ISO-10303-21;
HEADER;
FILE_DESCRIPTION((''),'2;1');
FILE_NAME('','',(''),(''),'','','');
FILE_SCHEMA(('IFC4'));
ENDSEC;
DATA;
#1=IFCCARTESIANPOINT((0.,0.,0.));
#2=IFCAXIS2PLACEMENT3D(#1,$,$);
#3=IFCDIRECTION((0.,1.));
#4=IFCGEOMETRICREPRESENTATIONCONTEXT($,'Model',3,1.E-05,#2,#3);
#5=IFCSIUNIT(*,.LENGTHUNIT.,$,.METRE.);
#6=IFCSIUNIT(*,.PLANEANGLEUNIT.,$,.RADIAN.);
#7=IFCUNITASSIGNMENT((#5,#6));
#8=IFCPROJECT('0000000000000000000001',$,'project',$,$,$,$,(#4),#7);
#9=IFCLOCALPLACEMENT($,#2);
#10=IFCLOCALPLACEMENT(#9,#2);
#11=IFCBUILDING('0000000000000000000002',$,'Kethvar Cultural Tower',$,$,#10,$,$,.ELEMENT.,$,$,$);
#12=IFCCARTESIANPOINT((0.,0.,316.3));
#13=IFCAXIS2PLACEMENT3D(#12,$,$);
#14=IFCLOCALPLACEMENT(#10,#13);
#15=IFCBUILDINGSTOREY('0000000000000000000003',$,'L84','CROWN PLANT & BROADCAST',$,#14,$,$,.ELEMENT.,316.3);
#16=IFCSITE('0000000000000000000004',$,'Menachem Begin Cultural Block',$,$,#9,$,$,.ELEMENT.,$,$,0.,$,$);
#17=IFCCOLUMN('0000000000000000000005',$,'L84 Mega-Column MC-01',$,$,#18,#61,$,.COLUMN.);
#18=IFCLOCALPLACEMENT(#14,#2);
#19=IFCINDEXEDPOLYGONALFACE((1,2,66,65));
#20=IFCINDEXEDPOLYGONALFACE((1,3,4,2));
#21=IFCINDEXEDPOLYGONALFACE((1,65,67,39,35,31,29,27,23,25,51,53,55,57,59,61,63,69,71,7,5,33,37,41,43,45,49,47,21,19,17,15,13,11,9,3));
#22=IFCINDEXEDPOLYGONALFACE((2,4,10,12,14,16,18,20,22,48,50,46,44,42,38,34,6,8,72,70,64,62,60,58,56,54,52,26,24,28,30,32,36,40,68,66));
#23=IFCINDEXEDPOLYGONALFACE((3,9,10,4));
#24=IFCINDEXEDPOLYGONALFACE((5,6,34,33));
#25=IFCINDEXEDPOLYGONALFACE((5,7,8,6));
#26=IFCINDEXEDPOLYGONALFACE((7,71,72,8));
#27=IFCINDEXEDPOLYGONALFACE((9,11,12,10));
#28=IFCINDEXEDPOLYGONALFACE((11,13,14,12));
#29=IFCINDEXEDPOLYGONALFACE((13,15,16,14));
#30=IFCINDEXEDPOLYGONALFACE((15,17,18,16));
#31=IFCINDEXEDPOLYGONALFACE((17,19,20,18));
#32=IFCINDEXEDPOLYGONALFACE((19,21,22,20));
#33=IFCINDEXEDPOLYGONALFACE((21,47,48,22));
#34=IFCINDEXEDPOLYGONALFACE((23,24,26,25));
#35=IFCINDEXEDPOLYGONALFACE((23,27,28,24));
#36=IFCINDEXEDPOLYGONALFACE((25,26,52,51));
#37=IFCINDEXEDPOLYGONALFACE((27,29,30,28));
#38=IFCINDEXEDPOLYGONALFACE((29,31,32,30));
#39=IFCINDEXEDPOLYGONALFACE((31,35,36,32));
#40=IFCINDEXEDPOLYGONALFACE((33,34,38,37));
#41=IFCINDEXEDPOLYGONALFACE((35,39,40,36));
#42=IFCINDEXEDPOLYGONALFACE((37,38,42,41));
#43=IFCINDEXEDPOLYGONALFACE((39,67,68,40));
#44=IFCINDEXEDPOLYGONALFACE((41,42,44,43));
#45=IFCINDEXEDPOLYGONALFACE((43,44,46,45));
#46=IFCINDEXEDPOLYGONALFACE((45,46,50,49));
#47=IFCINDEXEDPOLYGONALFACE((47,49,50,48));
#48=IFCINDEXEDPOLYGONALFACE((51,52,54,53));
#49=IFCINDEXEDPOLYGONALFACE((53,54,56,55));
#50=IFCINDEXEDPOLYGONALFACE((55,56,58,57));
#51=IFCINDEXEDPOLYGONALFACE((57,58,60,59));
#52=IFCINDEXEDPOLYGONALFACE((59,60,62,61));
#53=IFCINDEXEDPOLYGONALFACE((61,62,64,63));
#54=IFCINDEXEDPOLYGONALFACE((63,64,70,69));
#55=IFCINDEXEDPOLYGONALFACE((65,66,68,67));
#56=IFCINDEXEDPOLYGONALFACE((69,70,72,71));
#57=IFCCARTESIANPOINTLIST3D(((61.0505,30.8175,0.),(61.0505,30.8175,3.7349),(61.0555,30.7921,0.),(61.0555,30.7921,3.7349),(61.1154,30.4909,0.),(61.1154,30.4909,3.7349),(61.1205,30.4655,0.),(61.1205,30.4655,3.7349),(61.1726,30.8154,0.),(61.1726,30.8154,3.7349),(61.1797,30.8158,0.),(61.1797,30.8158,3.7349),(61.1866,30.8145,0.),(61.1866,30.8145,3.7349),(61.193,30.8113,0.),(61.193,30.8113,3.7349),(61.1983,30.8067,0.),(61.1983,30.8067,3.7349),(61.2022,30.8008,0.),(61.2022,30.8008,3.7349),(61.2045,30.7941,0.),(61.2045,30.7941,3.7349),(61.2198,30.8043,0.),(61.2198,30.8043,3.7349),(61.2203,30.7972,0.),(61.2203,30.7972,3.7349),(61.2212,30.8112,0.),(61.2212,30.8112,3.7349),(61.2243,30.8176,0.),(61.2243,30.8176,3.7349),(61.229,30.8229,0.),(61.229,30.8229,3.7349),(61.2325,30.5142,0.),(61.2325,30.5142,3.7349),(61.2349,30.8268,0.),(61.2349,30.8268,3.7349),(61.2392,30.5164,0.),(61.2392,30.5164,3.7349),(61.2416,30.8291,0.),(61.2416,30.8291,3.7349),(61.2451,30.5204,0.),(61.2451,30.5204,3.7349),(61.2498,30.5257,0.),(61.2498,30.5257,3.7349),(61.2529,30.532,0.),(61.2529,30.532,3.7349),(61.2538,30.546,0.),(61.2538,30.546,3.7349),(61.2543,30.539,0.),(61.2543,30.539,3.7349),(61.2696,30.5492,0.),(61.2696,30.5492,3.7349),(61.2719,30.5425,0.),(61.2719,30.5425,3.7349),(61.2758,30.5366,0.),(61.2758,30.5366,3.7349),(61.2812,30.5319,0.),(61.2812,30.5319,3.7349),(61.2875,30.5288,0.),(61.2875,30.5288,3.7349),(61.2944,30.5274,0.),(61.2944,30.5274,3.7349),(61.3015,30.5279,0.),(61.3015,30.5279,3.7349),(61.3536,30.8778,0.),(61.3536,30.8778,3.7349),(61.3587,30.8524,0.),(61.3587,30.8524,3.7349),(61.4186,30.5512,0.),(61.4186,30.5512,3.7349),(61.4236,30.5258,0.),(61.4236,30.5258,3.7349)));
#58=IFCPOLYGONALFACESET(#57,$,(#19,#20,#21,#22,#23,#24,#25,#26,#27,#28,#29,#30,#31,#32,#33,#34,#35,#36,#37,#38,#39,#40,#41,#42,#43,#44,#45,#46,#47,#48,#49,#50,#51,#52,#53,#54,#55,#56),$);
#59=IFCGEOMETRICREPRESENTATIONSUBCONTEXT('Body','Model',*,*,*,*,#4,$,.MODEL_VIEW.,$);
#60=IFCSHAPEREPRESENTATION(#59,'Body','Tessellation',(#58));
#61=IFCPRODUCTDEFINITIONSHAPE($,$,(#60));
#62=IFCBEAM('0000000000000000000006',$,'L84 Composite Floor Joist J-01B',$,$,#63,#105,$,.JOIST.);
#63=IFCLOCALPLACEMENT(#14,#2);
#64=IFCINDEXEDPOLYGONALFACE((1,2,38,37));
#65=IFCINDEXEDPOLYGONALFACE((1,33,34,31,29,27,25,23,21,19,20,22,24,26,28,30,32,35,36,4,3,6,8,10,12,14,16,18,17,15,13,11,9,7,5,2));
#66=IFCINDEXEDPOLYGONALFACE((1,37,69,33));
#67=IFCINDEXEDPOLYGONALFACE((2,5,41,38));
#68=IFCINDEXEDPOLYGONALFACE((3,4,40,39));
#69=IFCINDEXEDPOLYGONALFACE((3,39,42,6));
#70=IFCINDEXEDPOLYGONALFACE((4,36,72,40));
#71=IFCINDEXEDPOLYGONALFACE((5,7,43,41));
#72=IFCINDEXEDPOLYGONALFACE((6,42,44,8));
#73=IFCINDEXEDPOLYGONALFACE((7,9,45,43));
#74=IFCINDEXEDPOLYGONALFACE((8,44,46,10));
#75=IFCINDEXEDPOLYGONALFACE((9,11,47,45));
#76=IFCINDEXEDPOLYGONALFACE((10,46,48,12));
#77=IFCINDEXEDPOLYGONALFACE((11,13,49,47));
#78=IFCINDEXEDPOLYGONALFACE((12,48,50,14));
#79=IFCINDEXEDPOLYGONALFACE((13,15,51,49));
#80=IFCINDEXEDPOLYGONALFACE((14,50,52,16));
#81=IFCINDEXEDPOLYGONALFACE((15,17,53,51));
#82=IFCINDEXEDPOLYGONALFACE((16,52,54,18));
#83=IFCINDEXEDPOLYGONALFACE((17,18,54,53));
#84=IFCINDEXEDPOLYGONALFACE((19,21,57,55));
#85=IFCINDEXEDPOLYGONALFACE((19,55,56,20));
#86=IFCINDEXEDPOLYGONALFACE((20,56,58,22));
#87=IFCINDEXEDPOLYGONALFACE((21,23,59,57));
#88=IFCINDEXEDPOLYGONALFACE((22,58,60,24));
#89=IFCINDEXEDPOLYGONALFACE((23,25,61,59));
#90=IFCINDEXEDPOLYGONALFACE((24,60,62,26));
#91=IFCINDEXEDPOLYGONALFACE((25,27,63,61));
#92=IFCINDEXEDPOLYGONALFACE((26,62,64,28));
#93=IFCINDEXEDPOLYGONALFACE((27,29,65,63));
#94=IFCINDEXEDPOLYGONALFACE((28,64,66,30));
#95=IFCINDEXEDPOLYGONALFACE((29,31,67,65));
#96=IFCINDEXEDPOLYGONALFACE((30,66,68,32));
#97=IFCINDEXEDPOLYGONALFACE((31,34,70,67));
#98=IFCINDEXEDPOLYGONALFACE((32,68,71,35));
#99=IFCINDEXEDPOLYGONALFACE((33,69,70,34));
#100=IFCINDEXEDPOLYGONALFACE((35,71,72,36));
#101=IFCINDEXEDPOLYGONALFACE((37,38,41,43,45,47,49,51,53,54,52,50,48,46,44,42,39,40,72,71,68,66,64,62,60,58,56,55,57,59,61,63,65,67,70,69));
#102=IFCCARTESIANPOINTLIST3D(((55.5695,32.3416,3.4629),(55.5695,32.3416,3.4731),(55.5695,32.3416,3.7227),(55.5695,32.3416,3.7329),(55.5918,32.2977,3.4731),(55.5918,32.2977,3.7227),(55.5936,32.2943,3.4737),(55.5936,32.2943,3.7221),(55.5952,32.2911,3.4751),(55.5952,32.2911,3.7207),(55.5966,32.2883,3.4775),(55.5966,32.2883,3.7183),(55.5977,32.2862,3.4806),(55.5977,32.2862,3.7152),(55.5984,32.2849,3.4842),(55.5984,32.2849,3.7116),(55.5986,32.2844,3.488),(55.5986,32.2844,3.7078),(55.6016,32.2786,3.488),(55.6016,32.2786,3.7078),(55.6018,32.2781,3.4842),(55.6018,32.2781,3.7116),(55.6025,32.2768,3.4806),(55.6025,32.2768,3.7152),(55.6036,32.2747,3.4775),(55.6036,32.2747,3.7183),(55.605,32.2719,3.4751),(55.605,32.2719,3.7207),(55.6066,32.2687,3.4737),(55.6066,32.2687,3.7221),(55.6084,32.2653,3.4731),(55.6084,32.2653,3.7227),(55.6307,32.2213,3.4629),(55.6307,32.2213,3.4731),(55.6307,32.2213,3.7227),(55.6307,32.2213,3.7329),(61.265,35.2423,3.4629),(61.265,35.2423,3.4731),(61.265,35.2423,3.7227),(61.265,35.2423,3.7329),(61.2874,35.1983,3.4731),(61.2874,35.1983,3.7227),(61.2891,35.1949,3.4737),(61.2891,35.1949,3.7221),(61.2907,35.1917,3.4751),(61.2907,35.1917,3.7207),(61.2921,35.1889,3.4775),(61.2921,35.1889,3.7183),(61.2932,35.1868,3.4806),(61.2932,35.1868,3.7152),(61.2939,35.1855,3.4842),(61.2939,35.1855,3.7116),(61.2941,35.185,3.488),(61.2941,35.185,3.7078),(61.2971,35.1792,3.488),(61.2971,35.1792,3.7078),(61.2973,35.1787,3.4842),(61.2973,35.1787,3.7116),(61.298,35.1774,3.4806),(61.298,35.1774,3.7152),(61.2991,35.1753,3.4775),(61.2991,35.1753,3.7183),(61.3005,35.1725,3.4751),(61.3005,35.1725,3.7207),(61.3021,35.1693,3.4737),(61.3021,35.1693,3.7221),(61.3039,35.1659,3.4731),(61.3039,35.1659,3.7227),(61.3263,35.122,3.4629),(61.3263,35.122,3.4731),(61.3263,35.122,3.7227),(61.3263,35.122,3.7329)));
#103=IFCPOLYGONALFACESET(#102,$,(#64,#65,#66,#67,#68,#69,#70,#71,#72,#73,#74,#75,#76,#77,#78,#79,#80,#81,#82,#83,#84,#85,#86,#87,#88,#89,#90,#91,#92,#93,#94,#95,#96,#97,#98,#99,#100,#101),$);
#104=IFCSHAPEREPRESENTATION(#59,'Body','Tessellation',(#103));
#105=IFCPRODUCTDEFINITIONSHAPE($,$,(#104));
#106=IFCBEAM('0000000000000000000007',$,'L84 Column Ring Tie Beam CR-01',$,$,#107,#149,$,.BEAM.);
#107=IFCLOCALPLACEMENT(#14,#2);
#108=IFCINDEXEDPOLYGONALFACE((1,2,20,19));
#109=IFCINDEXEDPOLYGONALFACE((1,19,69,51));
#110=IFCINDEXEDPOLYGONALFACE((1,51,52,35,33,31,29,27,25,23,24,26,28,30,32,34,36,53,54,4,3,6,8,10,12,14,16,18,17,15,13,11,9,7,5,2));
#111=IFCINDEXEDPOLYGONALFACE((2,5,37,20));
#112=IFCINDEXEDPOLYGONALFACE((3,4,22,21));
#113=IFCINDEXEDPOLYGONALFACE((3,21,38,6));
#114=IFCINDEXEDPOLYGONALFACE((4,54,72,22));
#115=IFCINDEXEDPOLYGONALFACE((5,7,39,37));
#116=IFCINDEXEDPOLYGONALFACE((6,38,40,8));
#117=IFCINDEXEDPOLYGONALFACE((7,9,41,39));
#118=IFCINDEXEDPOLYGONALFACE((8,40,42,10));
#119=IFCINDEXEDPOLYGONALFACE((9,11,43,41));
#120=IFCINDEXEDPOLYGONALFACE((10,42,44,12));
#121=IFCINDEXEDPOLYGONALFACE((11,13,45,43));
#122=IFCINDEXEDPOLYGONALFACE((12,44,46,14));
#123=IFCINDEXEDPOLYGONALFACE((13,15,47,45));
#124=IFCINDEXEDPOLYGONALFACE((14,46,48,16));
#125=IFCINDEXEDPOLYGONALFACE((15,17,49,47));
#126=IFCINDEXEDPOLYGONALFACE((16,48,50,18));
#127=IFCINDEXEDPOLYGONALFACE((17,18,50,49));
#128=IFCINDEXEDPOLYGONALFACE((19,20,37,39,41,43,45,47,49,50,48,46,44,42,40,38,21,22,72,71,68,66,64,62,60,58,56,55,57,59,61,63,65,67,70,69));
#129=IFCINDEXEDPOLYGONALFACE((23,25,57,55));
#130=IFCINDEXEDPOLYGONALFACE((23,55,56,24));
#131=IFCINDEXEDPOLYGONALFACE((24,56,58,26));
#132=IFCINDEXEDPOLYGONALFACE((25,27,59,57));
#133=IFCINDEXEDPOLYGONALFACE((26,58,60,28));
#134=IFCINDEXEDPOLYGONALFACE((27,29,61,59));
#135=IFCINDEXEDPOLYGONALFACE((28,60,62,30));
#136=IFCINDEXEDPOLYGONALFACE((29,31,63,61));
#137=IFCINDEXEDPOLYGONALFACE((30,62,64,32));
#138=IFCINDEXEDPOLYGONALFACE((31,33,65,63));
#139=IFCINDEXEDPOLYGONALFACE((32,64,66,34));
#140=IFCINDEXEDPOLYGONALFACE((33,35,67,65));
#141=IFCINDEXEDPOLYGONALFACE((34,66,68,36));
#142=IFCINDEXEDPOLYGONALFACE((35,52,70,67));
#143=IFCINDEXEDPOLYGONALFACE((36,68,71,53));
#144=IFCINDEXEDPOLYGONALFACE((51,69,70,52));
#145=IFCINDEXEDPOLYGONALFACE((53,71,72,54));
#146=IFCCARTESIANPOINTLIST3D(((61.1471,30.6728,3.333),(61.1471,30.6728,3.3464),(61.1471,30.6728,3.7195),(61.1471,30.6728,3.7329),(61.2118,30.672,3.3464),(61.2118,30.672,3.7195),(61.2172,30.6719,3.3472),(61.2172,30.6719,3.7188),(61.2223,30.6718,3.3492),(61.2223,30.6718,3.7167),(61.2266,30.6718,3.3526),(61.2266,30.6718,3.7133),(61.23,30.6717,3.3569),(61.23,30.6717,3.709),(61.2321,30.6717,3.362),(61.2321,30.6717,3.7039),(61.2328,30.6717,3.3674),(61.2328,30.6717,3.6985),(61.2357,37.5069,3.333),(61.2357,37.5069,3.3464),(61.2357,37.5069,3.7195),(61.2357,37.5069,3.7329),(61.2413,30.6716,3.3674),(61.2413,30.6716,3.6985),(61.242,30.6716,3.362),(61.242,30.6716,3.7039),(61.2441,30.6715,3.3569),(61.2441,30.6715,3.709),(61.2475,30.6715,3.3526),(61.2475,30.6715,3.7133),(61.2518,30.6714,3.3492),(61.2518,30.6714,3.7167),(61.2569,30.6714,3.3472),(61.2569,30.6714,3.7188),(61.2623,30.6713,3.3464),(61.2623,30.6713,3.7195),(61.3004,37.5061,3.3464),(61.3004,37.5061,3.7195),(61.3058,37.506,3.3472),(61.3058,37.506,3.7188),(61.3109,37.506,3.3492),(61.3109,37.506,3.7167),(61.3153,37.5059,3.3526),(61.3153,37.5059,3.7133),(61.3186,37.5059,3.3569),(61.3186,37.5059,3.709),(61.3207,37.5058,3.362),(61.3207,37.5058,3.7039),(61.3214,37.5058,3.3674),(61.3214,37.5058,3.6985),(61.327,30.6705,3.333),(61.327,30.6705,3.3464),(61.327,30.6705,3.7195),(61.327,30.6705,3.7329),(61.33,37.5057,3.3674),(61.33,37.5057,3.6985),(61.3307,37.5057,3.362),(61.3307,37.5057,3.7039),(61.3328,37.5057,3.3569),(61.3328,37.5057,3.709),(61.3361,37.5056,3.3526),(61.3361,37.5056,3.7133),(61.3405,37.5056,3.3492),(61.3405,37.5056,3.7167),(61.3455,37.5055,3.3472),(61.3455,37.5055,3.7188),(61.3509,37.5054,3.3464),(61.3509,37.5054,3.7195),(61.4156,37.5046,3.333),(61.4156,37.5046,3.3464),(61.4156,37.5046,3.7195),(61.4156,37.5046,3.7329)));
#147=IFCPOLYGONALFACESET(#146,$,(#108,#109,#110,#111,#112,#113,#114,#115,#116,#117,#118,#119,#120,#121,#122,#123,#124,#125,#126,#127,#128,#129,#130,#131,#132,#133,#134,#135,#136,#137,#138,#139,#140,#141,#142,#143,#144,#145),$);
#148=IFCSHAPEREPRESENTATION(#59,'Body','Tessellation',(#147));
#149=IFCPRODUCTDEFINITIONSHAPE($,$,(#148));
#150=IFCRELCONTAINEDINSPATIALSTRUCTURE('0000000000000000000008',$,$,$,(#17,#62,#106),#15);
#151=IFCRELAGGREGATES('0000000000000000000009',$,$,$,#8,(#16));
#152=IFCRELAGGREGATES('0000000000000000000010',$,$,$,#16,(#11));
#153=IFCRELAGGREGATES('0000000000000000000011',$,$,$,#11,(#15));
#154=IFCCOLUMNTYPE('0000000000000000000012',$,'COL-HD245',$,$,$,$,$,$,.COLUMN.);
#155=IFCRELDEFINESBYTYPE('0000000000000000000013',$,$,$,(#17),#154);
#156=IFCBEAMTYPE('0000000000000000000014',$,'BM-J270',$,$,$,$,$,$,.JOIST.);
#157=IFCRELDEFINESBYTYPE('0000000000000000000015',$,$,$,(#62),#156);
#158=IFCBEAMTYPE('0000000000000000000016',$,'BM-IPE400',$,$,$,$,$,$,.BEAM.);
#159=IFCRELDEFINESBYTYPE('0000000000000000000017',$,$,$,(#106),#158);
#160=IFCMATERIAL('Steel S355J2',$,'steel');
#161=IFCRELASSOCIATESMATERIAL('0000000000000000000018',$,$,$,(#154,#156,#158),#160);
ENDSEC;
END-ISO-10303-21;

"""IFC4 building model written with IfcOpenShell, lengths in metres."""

from ifc_helpers import new_model, si_unit, direction, frame, origin, origin_2d, place, context, subcontext, project, spatial, i_section, extrude, source, transform, mapped, material, material_profile, profile_set, type_object, element, save


model = new_model("IFC4")

# Units and contexts
model_context = context("Model", 3, precision=1e-05, world=origin(), true_north=direction((0.0, 1.0)))
body_context = subcontext(model_context, "Body", "Model", "MODEL_VIEW")
ifc_project = project(units=[si_unit("LENGTHUNIT", "METRE"), si_unit("PLANEANGLEUNIT", "RADIAN")], contexts=[model_context])

# Site, building, storey
site_placement = place(None, origin())
site = spatial("IfcSite", under=ifc_project, at=site_placement, Name="Menachem Begin Cultural Block", CompositionType="ELEMENT", RefElevation=0.0)
building_placement = place(site_placement, origin())
building = spatial("IfcBuilding", under=site, at=building_placement, Name="Kethvar Cultural Tower", CompositionType="ELEMENT")
storey_placement = place(building_placement, frame((0.0, 0.0, 316.3)))
storey = spatial("IfcBuildingStorey", under=building, at=storey_placement, Name="L84", Description="CROWN PLANT & BROADCAST", CompositionType="ELEMENT", Elevation=316.3)

# Column
ifc_material_1 = material(Name="Steel S355J2", Category="steel")
ifc_material_profile_1 = material_profile(ifc_material_1, i_section(OverallWidth=0.3091, OverallDepth=0.3589, WebThickness=0.0161, FlangeThickness=0.0259, FilletRadius=0.0271, at=origin_2d()), Name="Steel S355J2 — HD320x245")
ifc_profile_set_1 = profile_set([ifc_material_profile_1], Name="Steel S355J2 — HD320x245")
column_type = type_object("IfcColumnType", Name="COL-HD245", PredefinedType="COLUMN", material=ifc_profile_set_1)
shared_shape_1 = source(origin(), body_context, "Body", "SweptSolid", [
    extrude(i_section(OverallWidth=0.3091, OverallDepth=0.3589, WebThickness=0.0161, FlangeThickness=0.0259, FilletRadius=0.0271, at=origin_2d()), origin(), (0.0, 0.0, 1.0), 3.7349),
])
column_placement = place(storey_placement, frame((61.2371, 30.6716, 0.0), z_axis=(0.0, 0.0, 1.0), x_axis=(0.980785, 0.19509, 0.0)))
element("IfcColumn", 1, at=column_placement, inside=storey, type_object=column_type, Name="L84 Mega-Column MC-01", PredefinedType="COLUMN", context=body_context, shape_type="MappedRepresentation", body=[
    mapped(shared_shape_1, transform((0.0, 0.0, 0.0), scale=1.0)),
])

# Beams
ifc_material_profile_2 = material_profile(ifc_material_1, i_section(OverallWidth=0.135, OverallDepth=0.27, WebThickness=0.0066, FlangeThickness=0.0103, FilletRadius=0.0149, at=origin_2d()), Name="Steel S355J2 — IPE270")
ifc_profile_set_2 = profile_set([ifc_material_profile_2], Name="Steel S355J2 — IPE270")
beam_type_1 = type_object("IfcBeamType", Name="BM-J270", PredefinedType="JOIST", material=ifc_profile_set_2)
shared_shape_2 = source(origin(), body_context, "Body", "SweptSolid", [
    extrude(i_section(OverallWidth=0.135, OverallDepth=0.27, WebThickness=0.0066, FlangeThickness=0.0103, FilletRadius=0.0149, at=origin_2d()), origin(), (0.0, 0.0, 1.0), 6.3916),
])
beam_1_placement = place(storey_placement, frame((55.6001, 32.2815, 3.5979), z_axis=(0.891095, 0.453817, 0.0), x_axis=(-0.453817, 0.891095, 0.0)))
element("IfcBeam", 2, at=beam_1_placement, inside=storey, type_object=beam_type_1, Name="L84 Composite Floor Joist J-01B", PredefinedType="JOIST", context=body_context, shape_type="MappedRepresentation", body=[
    mapped(shared_shape_2, transform((0.0, 0.0, 0.0), scale=1.0)),
])
ifc_material_profile_3 = material_profile(ifc_material_1, i_section(OverallWidth=0.1799, OverallDepth=0.3999, WebThickness=0.0085, FlangeThickness=0.0134, FilletRadius=0.021, at=origin_2d()), Name="Steel S355J2 — IPE400")
ifc_profile_set_3 = profile_set([ifc_material_profile_3], Name="Steel S355J2 — IPE400")
beam_type_2 = type_object("IfcBeamType", Name="BM-IPE400", PredefinedType="BEAM", material=ifc_profile_set_3)
shared_shape_3 = source(origin(), body_context, "Body", "SweptSolid", [
    extrude(i_section(OverallWidth=0.1799, OverallDepth=0.3999, WebThickness=0.0085, FlangeThickness=0.0134, FilletRadius=0.021, at=origin_2d()), origin(), (0.0, 0.0, 1.0), 6.8347),
])
beam_2_placement = place(storey_placement, frame((61.2371, 30.6716, 3.533), z_axis=(0.012966, 0.999916, 0.0), x_axis=(-0.999916, 0.012966, 0.0)))
element("IfcBeam", 3, at=beam_2_placement, inside=storey, type_object=beam_type_2, Name="L84 Column Ring Tie Beam CR-01", PredefinedType="BEAM", context=body_context, shape_type="MappedRepresentation", body=[
    mapped(shared_shape_3, transform((0.0, 0.0, 0.0), scale=1.0)),
])

save(model, "model.ifc")
